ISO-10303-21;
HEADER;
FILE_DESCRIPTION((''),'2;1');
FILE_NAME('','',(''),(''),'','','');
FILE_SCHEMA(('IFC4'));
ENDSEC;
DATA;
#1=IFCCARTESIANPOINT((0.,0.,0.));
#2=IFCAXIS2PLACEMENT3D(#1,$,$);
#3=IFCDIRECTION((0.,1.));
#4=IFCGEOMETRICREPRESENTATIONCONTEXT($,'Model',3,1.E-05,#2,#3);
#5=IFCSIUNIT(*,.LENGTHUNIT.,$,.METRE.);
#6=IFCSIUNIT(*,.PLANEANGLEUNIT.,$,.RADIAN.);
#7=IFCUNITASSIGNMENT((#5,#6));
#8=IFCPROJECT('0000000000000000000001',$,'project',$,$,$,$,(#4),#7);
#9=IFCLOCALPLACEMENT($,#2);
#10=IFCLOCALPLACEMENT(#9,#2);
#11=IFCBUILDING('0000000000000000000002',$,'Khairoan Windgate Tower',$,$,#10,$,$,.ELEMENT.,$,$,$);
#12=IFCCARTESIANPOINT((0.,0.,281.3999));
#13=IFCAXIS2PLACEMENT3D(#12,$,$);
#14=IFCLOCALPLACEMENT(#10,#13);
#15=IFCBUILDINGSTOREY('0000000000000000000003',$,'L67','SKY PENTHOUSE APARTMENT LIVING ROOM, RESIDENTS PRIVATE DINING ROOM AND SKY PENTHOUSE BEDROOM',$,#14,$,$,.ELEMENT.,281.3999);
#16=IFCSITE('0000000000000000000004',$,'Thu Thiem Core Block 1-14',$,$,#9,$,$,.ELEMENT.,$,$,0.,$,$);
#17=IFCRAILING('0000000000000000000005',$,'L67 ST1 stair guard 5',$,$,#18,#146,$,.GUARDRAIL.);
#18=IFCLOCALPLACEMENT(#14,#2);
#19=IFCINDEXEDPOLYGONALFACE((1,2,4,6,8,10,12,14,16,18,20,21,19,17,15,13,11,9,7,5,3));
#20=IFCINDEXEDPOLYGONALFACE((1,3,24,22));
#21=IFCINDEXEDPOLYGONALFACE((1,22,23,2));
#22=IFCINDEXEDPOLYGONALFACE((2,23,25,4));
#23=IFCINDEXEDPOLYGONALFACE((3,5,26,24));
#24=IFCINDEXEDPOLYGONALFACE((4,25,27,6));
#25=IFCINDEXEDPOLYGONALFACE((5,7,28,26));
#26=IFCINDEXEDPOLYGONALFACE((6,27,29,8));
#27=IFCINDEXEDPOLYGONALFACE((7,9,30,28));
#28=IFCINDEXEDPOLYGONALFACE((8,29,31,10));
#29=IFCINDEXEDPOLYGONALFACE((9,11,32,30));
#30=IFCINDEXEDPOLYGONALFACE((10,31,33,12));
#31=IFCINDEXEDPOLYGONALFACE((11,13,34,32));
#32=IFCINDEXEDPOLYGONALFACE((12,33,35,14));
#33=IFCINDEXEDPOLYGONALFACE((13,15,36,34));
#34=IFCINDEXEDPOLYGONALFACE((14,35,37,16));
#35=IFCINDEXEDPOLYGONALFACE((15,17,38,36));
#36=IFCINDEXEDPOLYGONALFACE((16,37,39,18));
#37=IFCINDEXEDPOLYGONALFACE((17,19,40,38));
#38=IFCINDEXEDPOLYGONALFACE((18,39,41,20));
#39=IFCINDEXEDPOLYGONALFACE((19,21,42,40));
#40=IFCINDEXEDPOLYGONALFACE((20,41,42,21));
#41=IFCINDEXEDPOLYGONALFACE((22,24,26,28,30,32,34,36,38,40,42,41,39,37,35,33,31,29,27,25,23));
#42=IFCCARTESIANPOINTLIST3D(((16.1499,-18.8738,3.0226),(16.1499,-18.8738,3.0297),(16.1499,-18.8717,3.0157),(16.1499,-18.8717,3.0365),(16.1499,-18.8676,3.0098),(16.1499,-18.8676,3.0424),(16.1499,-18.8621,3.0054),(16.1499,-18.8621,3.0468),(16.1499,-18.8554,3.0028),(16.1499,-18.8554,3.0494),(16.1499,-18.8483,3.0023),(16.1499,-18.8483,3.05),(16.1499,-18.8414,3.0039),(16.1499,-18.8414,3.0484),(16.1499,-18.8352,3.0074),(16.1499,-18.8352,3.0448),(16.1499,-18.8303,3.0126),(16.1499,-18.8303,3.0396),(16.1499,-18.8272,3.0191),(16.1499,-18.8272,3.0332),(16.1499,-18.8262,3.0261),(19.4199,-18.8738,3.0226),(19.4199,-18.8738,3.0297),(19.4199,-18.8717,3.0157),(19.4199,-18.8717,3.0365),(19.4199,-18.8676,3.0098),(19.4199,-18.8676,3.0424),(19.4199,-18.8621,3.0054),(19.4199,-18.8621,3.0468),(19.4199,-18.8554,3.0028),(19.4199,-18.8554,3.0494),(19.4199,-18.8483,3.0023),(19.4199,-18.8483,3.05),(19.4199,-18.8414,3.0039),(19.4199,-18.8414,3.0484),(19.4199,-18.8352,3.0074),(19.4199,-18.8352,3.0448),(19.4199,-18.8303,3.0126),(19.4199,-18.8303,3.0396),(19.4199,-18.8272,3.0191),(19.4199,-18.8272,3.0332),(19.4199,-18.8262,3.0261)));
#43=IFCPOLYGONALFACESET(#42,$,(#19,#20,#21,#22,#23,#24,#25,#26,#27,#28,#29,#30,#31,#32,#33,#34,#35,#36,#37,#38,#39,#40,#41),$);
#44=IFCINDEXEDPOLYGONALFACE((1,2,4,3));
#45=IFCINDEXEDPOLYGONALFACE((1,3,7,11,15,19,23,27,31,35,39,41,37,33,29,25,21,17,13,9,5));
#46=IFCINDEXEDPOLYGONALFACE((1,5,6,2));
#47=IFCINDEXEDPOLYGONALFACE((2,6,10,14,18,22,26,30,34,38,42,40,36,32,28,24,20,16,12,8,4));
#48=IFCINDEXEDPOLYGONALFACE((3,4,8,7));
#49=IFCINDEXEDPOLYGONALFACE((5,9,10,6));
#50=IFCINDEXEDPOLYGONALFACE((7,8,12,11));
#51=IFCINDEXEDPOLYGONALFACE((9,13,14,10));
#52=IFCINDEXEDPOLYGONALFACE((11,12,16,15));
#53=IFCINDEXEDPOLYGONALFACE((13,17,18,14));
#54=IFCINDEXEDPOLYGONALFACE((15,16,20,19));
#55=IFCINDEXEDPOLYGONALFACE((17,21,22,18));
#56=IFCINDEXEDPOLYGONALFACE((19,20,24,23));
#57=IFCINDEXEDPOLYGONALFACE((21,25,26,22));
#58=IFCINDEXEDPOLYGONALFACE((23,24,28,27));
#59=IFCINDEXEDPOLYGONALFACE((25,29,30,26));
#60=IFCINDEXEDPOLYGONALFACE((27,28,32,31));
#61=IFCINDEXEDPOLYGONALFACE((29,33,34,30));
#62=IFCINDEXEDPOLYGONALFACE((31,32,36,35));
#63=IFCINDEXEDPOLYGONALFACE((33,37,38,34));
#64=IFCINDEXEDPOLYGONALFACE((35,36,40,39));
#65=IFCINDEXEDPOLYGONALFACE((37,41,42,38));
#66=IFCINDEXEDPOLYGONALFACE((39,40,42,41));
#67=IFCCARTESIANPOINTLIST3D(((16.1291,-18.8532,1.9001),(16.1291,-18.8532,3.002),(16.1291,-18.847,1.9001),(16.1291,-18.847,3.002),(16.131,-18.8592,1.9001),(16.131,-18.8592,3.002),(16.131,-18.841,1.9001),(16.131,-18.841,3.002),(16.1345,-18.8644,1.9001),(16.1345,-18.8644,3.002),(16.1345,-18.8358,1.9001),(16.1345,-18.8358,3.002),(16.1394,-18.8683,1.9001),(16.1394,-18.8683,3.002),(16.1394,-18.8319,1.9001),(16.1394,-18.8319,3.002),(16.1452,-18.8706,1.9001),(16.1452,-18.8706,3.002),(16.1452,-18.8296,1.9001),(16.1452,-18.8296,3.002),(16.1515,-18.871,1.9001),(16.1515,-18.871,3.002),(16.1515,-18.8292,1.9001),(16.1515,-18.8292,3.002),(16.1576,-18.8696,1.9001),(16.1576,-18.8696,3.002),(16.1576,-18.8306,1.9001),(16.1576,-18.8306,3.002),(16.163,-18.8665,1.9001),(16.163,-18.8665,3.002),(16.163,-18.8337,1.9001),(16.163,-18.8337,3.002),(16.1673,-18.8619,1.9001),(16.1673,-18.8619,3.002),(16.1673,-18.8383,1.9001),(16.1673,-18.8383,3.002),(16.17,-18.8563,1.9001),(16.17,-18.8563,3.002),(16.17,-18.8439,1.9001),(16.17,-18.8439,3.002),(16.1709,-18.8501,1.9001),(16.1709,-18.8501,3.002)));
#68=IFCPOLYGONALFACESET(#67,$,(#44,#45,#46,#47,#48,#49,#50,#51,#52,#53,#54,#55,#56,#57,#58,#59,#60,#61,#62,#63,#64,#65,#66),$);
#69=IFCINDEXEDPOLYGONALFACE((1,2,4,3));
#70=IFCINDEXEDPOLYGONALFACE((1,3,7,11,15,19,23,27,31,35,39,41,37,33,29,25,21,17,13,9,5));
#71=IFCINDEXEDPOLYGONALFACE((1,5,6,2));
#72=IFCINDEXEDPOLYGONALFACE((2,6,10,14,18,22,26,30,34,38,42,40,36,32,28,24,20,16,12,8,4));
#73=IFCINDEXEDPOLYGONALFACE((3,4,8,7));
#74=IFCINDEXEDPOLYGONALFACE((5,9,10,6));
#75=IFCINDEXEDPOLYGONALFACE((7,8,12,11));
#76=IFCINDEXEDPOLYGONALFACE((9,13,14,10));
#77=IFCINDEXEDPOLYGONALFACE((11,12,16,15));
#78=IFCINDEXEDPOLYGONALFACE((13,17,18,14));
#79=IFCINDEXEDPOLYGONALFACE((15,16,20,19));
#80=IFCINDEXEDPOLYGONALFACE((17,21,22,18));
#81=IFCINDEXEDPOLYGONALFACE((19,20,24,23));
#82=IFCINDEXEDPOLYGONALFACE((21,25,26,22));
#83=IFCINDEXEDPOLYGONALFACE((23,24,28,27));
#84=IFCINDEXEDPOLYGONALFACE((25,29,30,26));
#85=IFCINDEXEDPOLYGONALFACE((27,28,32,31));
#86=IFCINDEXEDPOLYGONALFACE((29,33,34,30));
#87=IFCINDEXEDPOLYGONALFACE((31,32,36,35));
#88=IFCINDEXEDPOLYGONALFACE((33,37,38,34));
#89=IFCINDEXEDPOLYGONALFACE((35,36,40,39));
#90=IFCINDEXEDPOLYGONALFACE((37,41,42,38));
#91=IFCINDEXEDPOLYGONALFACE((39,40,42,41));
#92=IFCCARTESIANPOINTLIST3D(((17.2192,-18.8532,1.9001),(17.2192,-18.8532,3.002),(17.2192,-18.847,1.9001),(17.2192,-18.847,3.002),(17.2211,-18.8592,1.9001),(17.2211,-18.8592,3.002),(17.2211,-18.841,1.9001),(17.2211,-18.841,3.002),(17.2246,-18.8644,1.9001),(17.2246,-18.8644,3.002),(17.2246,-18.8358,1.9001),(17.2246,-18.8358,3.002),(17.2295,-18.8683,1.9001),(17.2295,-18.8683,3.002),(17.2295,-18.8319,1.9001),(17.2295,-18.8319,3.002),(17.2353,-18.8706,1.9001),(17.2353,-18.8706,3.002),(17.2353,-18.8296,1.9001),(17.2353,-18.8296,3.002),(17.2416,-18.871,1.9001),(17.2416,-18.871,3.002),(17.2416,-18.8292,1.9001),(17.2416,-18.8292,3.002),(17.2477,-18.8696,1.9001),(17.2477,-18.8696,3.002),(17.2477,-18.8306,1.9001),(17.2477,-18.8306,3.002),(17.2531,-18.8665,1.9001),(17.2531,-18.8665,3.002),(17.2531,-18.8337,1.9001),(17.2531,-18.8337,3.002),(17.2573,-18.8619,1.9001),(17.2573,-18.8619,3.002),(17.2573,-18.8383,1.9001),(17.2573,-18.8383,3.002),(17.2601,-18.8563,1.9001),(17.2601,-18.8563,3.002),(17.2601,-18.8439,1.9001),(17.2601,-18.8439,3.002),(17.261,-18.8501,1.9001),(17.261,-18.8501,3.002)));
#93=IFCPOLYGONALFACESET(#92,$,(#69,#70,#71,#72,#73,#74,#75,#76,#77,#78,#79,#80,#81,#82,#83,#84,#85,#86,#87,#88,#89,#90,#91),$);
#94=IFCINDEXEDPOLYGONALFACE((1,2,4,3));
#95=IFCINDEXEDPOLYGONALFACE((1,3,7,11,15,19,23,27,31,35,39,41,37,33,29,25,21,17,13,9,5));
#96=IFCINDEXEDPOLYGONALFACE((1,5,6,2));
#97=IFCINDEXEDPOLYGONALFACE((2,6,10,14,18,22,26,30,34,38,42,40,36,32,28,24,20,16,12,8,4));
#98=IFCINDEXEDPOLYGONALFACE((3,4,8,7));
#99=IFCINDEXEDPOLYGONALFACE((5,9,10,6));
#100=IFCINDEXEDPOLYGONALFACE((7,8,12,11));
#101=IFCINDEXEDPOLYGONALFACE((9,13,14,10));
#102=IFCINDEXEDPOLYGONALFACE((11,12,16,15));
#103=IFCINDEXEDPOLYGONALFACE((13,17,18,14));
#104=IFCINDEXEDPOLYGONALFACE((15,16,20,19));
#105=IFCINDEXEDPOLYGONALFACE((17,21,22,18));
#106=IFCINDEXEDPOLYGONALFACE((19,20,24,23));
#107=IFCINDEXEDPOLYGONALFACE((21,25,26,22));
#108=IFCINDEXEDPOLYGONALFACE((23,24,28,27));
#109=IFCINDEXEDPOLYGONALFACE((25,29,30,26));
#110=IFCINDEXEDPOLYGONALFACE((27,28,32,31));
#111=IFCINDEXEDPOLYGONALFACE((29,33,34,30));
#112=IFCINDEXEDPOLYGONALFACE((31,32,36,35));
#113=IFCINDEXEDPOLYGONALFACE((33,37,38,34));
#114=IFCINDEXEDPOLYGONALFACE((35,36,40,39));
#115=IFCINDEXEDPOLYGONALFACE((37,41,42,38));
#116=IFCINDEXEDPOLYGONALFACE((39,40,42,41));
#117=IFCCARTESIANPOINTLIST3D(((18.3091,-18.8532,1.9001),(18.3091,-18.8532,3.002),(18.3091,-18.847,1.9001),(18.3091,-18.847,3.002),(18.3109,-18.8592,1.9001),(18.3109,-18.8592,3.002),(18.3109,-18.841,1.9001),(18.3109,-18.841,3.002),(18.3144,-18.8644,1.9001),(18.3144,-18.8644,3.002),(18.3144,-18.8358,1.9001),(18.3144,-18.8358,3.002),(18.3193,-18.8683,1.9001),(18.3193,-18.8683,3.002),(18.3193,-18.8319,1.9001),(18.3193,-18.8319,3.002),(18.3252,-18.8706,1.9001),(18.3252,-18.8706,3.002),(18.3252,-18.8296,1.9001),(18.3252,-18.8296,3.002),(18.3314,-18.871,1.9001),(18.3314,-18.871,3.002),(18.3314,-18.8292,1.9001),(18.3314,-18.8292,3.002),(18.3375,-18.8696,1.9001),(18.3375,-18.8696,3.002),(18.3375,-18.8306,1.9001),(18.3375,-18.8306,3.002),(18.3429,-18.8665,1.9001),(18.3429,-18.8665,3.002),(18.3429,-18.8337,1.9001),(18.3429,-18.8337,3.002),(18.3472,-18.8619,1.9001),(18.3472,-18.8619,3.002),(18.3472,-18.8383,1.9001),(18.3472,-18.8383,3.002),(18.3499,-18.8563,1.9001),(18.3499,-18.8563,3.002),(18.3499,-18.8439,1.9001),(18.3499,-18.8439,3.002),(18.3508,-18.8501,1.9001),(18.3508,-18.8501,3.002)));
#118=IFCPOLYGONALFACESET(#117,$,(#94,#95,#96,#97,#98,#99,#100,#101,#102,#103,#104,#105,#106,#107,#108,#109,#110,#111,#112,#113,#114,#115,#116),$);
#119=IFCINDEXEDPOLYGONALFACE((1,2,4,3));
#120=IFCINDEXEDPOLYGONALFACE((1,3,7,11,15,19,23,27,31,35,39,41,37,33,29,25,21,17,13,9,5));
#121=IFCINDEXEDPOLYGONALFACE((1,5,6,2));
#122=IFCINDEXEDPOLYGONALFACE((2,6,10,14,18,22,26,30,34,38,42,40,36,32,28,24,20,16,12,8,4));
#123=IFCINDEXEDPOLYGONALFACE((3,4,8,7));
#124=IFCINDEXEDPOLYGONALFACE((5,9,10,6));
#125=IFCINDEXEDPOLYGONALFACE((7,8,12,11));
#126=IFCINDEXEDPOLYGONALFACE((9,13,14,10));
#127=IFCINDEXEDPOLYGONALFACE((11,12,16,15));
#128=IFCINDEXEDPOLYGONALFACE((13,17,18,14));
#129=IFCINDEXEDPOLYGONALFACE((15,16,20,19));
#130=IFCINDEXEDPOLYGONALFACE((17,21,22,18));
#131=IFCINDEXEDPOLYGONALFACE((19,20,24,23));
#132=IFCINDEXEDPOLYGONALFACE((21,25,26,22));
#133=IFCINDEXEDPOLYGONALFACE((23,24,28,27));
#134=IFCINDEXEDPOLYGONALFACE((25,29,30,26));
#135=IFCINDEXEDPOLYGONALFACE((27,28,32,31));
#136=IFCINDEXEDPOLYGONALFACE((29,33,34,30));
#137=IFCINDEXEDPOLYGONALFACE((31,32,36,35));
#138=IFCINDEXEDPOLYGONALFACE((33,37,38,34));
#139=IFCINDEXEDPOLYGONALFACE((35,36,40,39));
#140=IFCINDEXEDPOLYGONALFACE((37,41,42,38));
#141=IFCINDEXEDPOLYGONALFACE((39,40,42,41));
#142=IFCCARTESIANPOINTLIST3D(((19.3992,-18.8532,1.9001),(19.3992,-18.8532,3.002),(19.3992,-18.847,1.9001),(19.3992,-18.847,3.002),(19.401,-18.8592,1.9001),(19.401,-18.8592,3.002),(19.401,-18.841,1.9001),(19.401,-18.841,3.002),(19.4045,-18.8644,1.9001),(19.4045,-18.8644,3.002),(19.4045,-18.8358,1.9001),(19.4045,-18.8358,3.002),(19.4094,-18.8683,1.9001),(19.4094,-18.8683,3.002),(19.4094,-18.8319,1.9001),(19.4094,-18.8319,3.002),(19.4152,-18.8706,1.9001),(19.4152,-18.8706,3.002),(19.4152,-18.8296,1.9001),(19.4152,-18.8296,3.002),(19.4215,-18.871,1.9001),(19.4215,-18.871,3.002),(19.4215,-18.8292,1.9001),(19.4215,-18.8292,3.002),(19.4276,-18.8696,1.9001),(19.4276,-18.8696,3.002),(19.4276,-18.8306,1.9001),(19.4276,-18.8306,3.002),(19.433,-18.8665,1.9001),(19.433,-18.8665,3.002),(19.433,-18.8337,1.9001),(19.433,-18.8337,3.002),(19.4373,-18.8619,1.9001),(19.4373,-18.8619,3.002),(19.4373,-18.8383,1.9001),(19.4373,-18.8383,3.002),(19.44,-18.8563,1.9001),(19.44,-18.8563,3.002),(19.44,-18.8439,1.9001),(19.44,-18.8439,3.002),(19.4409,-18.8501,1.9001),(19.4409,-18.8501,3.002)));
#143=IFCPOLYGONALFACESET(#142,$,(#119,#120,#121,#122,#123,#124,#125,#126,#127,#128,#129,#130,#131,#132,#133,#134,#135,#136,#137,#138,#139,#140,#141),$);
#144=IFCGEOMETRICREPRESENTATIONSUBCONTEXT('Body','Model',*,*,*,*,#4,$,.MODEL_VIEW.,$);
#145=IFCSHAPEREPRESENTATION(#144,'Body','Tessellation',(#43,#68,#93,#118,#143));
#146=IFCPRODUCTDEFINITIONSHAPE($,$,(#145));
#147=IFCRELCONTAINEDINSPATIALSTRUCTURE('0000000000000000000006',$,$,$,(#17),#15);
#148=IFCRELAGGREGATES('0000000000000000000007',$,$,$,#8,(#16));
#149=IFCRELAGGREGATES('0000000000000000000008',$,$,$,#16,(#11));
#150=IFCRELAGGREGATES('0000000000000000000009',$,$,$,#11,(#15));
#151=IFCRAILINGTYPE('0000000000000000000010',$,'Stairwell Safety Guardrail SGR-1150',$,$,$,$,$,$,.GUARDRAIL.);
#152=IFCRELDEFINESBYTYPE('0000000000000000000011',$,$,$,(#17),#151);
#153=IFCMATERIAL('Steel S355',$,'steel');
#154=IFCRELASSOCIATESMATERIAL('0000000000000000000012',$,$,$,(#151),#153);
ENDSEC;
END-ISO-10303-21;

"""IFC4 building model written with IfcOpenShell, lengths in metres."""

from ifc_helpers import new_model, si_unit, direction, frame, origin, origin_2d, place, context, subcontext, project, spatial, circle, extrude, material, type_object, element, save


model = new_model("IFC4")

# Units and contexts
model_context = context("Model", 3, precision=1e-05, world=origin(), true_north=direction((0.0, 1.0)))
body_context = subcontext(model_context, "Body", "Model", "MODEL_VIEW")
ifc_project = project(units=[si_unit("LENGTHUNIT", "METRE"), si_unit("PLANEANGLEUNIT", "RADIAN")], contexts=[model_context])

# Site, building, storey
site_placement = place(None, origin())
site = spatial("IfcSite", under=ifc_project, at=site_placement, Name="Thu Thiem Core Block 1-14", CompositionType="ELEMENT", RefElevation=0.0)
building_placement = place(site_placement, origin())
building = spatial("IfcBuilding", under=site, at=building_placement, Name="Khairoan Windgate Tower", CompositionType="ELEMENT")
storey_placement = place(building_placement, frame((0.0, 0.0, 281.3999)))
storey = spatial("IfcBuildingStorey", under=building, at=storey_placement, Name="L67", Description="SKY PENTHOUSE APARTMENT LIVING ROOM, RESIDENTS PRIVATE DINING ROOM AND SKY PENTHOUSE BEDROOM", CompositionType="ELEMENT", Elevation=281.3999)

# Railing
ifc_material_1 = material(Name="Steel S355", Category="steel")
railing_type = type_object("IfcRailingType", Name="Stairwell Safety Guardrail SGR-1150", PredefinedType="GUARDRAIL", material=ifc_material_1)
railing_1_placement = place(storey_placement, frame((16.1499, -18.8501, 1.9001)))
element("IfcRailing", 1, at=railing_1_placement, inside=storey, type_object=railing_type, Name="L67 ST1 stair guard 5", PredefinedType="GUARDRAIL", context=body_context, shape_type="SweptSolid", body=[
    extrude(circle(Radius=0.0239, at=origin_2d()), frame((0.0, 0.0, 1.126), z_axis=(1.0, 0.0, 0.0), x_axis=(0.0, 1.0, 0.0)), (0.0, 0.0, 1.0), 3.27),
    extrude(circle(Radius=0.021, at=origin_2d()), origin(), (0.0, 0.0, 1.0), 1.1018),
    extrude(circle(Radius=0.021, at=origin_2d()), frame((1.0901, 0.0, 0.0)), (0.0, 0.0, 1.0), 1.1018),
    extrude(circle(Radius=0.021, at=origin_2d()), frame((2.1799, 0.0, 0.0)), (0.0, 0.0, 1.0), 1.1018),
    extrude(circle(Radius=0.021, at=origin_2d()), frame((3.27, 0.0, 0.0)), (0.0, 0.0, 1.0), 1.1018),
])

save(model, "model.ifc")
